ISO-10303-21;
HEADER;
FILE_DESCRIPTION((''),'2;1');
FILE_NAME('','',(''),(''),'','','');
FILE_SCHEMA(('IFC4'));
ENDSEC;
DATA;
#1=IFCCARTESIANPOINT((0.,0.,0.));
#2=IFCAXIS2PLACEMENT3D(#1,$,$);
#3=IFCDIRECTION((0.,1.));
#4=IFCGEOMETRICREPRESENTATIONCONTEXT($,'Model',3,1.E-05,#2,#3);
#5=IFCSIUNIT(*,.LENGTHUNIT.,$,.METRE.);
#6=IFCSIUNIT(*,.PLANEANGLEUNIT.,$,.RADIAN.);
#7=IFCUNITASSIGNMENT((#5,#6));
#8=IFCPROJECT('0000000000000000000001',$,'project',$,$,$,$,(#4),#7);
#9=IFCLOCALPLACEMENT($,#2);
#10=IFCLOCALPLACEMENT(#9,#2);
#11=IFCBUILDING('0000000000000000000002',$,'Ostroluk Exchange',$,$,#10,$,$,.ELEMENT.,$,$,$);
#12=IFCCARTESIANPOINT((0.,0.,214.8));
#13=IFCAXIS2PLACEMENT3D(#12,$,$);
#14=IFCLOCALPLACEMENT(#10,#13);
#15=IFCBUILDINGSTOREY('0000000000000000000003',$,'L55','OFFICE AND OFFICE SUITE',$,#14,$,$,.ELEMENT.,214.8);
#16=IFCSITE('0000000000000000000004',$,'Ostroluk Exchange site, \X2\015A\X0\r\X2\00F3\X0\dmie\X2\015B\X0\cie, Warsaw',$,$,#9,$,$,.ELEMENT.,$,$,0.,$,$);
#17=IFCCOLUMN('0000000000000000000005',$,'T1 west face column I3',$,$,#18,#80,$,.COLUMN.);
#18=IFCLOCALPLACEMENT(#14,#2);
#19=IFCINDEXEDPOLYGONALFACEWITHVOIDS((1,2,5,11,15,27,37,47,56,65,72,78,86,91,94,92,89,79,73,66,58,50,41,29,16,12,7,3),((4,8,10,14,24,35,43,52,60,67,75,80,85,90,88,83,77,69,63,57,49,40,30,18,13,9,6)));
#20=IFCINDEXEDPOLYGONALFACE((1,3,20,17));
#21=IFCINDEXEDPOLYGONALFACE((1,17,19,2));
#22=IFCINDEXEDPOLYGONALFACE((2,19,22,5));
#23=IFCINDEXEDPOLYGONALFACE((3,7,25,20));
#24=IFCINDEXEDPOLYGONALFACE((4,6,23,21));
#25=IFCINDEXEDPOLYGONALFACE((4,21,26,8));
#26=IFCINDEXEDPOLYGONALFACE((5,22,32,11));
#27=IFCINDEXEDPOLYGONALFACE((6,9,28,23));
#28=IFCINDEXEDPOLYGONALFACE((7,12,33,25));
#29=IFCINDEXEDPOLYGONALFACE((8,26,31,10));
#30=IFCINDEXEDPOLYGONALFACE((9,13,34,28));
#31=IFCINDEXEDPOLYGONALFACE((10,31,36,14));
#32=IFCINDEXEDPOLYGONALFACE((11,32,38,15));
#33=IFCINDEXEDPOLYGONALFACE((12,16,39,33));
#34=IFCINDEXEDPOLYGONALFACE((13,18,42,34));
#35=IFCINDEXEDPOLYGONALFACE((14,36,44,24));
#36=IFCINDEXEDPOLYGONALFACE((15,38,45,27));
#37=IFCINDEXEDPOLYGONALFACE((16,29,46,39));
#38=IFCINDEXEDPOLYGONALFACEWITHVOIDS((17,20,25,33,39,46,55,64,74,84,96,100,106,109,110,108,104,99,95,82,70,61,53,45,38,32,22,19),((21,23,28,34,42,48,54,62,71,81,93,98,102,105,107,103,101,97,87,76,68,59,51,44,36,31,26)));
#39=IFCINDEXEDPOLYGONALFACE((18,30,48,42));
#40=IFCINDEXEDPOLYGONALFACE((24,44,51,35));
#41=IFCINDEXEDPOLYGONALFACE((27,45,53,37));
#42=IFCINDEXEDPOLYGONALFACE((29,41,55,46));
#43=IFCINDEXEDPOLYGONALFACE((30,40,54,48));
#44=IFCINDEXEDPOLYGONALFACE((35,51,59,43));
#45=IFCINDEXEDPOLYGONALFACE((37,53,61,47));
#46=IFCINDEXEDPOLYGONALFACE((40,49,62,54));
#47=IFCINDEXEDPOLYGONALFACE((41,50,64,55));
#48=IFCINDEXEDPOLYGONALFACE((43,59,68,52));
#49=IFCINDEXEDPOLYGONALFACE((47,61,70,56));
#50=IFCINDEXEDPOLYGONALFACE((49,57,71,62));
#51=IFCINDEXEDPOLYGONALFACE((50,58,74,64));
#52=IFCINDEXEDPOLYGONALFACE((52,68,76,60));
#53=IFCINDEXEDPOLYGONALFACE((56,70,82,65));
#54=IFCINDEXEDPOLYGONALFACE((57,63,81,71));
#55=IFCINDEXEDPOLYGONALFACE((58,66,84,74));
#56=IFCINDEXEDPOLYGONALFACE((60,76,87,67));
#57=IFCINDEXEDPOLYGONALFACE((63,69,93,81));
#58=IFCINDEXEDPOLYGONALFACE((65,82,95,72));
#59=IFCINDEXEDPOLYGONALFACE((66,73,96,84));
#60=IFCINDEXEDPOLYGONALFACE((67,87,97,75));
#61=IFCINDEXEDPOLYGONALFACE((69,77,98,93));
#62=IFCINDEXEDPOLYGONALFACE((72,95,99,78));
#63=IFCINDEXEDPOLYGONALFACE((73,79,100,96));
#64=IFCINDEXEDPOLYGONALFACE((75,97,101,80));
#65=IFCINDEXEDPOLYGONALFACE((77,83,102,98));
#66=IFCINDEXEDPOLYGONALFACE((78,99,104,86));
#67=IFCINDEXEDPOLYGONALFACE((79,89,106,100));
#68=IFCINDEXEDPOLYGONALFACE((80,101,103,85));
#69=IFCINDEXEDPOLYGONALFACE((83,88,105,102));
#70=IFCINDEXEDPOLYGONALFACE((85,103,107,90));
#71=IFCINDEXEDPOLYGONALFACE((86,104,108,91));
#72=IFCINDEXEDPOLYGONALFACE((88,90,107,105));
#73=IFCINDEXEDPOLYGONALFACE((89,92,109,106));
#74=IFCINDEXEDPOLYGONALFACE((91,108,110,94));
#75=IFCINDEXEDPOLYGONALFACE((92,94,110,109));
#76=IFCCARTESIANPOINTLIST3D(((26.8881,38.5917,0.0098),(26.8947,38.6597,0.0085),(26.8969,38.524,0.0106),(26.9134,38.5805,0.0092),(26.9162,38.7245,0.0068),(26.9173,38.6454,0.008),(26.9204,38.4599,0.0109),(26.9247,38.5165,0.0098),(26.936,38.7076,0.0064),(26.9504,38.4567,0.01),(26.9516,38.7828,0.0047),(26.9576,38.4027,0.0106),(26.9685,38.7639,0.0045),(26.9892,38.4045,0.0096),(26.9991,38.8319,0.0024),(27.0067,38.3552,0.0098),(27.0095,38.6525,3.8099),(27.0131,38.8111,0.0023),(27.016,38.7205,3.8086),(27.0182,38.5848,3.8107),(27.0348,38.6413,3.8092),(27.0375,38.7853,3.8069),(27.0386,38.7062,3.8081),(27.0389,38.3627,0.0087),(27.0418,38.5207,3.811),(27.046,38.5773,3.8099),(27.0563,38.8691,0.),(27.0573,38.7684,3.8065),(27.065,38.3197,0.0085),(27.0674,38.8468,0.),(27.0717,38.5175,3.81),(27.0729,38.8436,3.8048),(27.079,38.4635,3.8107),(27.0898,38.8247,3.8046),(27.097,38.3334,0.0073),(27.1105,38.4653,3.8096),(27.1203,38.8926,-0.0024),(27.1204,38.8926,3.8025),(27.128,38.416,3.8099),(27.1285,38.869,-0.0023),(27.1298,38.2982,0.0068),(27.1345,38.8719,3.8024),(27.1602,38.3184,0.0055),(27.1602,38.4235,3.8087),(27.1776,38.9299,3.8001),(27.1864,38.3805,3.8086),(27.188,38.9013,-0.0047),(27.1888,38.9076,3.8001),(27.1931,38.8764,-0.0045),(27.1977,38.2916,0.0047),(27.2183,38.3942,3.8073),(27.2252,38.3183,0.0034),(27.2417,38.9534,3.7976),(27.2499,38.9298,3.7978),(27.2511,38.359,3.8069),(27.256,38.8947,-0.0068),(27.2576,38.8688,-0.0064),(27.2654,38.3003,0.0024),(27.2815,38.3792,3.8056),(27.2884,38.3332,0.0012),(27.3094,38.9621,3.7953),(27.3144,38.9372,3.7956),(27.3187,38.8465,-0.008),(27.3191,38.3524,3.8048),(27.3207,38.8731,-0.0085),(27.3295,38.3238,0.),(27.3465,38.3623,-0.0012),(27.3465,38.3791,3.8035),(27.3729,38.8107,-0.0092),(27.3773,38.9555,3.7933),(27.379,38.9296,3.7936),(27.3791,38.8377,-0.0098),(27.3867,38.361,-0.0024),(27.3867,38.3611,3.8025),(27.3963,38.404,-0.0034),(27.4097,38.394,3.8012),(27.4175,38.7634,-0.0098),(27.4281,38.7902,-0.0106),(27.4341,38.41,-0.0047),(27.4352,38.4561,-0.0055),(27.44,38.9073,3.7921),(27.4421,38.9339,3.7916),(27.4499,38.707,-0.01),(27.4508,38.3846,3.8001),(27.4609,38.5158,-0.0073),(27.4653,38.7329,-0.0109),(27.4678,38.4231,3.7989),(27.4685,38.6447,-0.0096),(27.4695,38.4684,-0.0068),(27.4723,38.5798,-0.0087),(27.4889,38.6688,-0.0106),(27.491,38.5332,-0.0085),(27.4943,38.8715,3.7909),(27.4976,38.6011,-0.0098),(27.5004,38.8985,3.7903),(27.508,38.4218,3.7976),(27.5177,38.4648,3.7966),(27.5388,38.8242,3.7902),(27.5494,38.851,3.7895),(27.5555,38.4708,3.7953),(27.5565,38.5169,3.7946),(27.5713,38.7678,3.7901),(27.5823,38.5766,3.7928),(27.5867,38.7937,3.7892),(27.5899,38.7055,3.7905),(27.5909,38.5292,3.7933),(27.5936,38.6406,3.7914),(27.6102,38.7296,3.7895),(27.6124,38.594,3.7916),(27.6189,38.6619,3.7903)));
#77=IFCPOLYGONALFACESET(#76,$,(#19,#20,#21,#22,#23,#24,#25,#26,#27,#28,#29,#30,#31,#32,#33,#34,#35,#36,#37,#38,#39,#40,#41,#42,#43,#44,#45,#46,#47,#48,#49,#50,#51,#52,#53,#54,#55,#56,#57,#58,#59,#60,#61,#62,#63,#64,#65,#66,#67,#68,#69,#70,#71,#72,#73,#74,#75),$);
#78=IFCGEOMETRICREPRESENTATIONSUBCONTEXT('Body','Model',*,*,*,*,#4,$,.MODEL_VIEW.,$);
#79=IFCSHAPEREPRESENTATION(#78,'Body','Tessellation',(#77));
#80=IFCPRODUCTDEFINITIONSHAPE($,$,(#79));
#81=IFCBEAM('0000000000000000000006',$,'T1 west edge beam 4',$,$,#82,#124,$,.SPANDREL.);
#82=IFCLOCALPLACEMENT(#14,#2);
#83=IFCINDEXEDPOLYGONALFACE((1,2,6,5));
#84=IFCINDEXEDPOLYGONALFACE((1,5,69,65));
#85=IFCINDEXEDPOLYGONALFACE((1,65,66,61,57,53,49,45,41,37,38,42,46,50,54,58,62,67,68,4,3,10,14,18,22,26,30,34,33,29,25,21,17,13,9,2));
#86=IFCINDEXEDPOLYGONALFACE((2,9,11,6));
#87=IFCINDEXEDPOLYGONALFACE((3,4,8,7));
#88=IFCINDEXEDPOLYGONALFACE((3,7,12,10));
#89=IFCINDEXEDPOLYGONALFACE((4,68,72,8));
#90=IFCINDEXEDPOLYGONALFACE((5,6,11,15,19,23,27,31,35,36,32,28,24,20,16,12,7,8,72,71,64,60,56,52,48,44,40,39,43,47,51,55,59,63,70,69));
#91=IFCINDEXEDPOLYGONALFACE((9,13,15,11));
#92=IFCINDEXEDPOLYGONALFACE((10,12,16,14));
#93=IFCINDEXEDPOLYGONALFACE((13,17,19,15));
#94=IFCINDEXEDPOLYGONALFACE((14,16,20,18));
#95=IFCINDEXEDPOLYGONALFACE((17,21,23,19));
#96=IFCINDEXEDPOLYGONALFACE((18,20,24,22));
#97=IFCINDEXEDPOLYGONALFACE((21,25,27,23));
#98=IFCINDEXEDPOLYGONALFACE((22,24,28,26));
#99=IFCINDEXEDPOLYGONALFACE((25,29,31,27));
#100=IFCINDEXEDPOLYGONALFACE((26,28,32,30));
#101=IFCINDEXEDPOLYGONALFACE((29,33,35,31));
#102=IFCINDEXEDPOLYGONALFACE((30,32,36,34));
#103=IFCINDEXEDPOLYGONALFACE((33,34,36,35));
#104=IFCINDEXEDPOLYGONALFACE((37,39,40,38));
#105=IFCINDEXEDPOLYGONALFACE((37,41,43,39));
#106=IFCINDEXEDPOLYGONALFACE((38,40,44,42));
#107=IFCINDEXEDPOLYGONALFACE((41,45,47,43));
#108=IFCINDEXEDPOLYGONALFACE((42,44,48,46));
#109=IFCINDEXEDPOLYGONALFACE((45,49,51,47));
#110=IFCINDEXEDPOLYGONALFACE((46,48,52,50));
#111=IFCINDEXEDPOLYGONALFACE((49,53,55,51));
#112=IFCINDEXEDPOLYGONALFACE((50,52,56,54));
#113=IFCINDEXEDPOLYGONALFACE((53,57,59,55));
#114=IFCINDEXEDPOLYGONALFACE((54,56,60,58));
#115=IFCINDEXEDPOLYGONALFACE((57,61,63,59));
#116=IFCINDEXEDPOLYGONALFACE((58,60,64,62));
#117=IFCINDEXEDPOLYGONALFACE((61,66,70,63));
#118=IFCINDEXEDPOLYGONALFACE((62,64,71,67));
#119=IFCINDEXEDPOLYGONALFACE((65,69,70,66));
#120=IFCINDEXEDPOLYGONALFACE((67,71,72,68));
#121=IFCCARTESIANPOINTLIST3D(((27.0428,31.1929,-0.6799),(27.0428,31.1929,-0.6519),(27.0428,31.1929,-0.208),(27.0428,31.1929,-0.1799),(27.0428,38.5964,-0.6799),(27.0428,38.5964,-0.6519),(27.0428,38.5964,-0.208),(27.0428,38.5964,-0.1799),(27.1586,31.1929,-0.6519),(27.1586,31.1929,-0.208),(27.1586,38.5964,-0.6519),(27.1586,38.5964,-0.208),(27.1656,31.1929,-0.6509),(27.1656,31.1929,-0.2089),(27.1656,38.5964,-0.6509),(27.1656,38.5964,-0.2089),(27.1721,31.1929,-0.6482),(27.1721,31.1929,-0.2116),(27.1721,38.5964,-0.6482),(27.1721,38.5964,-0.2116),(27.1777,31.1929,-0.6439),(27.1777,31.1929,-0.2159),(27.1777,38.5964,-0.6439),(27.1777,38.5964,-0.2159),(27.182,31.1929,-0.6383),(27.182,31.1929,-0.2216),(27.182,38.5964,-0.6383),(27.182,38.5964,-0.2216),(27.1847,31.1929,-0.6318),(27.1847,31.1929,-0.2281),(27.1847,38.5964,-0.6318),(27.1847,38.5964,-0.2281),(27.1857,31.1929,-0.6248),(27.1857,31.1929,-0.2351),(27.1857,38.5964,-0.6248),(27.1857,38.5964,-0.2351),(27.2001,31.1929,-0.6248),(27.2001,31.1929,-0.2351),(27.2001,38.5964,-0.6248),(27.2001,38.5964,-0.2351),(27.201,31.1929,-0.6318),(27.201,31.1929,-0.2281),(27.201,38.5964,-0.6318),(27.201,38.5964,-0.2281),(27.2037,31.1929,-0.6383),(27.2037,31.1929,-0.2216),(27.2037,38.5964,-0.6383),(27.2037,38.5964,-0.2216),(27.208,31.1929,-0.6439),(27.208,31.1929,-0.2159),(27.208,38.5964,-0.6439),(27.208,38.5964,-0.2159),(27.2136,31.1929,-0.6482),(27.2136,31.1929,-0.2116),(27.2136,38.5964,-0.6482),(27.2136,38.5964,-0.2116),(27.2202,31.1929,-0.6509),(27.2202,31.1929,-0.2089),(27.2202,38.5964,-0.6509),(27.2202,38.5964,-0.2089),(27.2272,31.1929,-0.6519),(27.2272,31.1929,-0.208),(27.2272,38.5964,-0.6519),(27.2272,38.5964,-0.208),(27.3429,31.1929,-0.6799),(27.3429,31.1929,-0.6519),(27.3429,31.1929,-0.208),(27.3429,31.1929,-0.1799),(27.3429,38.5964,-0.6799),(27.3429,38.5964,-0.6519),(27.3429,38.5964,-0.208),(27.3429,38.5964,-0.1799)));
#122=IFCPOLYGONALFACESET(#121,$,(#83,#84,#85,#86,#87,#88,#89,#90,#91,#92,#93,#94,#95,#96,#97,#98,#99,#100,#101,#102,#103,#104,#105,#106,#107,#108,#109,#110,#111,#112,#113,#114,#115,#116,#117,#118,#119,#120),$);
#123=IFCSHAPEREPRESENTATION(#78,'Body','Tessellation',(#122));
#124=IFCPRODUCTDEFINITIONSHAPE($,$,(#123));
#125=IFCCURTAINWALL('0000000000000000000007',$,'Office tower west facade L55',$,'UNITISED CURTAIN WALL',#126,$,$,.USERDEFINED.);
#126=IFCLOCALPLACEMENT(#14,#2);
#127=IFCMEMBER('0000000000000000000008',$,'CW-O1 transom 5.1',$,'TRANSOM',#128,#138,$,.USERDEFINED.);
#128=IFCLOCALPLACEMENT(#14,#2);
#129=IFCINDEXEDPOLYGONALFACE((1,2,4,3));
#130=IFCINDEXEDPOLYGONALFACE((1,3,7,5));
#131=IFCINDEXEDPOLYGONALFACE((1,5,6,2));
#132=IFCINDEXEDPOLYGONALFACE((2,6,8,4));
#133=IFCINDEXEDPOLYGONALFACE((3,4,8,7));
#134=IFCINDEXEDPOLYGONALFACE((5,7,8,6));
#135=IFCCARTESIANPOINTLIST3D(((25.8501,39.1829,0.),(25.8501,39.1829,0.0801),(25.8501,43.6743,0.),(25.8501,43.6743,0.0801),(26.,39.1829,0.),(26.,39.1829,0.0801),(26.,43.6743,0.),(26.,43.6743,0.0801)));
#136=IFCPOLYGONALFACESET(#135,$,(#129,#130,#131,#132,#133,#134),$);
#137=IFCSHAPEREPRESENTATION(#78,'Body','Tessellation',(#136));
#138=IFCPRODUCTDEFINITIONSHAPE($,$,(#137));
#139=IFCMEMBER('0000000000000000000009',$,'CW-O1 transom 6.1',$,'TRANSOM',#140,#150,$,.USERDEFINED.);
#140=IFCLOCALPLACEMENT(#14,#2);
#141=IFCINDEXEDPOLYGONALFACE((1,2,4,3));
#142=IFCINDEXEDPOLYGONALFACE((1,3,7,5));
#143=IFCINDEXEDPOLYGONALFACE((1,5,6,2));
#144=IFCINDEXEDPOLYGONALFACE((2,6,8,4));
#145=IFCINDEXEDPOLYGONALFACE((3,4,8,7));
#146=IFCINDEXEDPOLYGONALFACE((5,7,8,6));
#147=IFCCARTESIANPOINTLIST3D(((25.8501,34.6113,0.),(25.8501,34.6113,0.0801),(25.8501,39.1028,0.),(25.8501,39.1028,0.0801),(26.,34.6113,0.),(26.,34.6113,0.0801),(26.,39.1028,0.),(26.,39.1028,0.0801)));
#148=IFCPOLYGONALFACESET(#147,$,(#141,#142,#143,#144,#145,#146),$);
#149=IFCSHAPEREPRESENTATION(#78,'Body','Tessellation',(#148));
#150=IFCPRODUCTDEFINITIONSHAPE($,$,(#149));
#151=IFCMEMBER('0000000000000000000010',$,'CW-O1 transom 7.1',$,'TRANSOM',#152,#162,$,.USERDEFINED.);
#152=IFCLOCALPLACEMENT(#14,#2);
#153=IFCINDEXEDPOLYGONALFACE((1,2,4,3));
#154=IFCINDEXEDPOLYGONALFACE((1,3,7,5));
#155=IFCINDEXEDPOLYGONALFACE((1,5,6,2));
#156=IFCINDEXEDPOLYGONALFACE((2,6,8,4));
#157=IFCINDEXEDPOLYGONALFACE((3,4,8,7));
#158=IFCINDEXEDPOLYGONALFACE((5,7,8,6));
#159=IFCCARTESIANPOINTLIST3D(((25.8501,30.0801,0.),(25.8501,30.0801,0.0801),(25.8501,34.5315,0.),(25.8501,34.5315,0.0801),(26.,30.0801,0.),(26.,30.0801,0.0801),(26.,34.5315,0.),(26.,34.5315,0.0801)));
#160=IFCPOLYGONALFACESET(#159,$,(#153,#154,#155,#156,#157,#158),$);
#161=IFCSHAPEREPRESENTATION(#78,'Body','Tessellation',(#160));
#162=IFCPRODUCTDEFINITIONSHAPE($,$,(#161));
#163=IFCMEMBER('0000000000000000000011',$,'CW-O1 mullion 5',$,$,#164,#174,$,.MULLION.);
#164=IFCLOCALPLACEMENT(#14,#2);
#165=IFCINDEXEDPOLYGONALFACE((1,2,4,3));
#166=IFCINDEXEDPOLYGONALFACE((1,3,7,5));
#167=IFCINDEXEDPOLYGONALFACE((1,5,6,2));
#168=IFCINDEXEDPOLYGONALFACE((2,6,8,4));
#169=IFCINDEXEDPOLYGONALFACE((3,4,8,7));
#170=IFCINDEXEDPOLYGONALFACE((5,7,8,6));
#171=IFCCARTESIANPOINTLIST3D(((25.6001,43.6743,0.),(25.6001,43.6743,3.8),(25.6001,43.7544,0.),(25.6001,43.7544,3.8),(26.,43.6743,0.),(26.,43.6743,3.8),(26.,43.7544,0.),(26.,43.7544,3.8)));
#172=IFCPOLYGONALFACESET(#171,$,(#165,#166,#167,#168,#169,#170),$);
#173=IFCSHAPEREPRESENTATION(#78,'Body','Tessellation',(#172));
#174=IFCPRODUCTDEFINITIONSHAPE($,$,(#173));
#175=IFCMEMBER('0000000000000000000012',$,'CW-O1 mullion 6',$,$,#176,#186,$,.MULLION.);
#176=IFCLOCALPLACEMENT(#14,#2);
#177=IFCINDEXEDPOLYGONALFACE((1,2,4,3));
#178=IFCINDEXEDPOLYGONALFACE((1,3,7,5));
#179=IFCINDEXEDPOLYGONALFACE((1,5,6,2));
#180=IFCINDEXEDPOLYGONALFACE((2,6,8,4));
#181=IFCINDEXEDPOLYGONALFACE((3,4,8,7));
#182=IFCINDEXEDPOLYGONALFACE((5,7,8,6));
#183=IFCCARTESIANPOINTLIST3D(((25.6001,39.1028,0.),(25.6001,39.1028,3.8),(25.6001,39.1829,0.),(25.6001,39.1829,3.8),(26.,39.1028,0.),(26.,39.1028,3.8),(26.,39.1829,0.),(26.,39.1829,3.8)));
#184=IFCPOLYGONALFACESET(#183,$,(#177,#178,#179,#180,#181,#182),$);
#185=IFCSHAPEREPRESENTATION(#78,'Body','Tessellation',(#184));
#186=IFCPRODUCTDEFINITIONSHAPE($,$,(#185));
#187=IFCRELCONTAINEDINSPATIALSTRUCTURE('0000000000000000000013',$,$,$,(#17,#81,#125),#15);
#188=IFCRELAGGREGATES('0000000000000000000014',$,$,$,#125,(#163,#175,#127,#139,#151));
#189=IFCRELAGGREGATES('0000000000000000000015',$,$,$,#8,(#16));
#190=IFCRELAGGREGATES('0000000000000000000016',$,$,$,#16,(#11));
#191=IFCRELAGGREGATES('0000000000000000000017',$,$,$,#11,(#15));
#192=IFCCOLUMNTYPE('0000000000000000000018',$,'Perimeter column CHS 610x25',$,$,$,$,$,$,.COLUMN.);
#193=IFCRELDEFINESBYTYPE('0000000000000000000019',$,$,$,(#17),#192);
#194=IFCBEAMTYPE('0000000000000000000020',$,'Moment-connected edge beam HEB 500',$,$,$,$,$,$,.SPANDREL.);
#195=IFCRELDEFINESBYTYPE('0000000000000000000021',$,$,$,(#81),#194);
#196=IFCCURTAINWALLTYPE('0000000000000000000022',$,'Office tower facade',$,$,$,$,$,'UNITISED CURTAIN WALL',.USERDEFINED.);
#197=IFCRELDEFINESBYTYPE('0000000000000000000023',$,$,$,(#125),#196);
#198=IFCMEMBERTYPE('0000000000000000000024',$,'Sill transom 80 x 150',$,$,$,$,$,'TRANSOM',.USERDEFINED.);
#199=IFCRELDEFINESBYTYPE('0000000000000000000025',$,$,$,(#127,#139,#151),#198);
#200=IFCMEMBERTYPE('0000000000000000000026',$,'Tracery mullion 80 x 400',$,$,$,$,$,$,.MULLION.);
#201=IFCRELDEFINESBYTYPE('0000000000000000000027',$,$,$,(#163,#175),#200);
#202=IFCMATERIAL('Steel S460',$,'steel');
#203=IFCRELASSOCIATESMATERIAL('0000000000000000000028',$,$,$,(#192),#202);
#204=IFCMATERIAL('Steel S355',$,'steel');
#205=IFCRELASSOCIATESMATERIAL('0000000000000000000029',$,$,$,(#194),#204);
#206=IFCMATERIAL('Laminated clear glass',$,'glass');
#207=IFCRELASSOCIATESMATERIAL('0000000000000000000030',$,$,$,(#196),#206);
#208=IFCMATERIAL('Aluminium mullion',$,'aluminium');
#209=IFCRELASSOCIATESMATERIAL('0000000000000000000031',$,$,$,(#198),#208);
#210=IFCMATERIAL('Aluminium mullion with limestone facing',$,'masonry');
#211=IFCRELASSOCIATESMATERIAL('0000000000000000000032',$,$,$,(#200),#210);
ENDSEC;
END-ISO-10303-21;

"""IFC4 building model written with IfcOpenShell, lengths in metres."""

from ifc_helpers import new_model, si_unit, direction, frame, origin, origin_2d, place, context, subcontext, project, spatial, rectangle, hollow_circle, i_section, extrude, material, material_profile, profile_set, type_object, element, aggregate, save


model = new_model("IFC4")

# Units and contexts
model_context = context("Model", 3, precision=1e-05, world=origin(), true_north=direction((0.0, 1.0)))
body_context = subcontext(model_context, "Body", "Model", "MODEL_VIEW")
ifc_project = project(units=[si_unit("LENGTHUNIT", "METRE"), si_unit("PLANEANGLEUNIT", "RADIAN")], contexts=[model_context])

# Site, building, storey
site_placement = place(None, origin())
site = spatial("IfcSite", under=ifc_project, at=site_placement, Name="Ostroluk Exchange site, Śródmieście, Warsaw", CompositionType="ELEMENT", RefElevation=0.0)
building_placement = place(site_placement, origin())
building = spatial("IfcBuilding", under=site, at=building_placement, Name="Ostroluk Exchange", CompositionType="ELEMENT")
storey_placement = place(building_placement, frame((0.0, 0.0, 214.8)))
storey = spatial("IfcBuildingStorey", under=building, at=storey_placement, Name="L55", Description="OFFICE AND OFFICE SUITE", CompositionType="ELEMENT", Elevation=214.8)

# Column
ifc_material_1 = material(Name="Steel S460", Category="steel")
ifc_material_profile_1 = material_profile(ifc_material_1, hollow_circle(Radius=0.3049, WallThickness=0.0249, at=origin_2d()), Name="CHS 610x25")
ifc_profile_set_1 = profile_set([ifc_material_profile_1], Name="Steel S460")
column_type = type_object("IfcColumnType", Name="Perimeter column CHS 610x25", PredefinedType="COLUMN", material=ifc_profile_set_1)
column_placement = place(storey_placement, frame((27.1929, 38.5964, 0.0), z_axis=(0.03191, 0.015987, 0.999363), x_axis=(-0.447933, 0.894067, 0.0)))
element("IfcColumn", 1, at=column_placement, inside=storey, type_object=column_type, Name="T1 west face column I3", PredefinedType="COLUMN", context=body_context, shape_type="SweptSolid", body=[
    extrude(hollow_circle(Radius=0.3049, WallThickness=0.0249, at=origin_2d()), origin(), (0.0, 0.0, 1.0), 3.8025),
])

# Beam
ifc_material_2 = material(Name="Steel S355", Category="steel")
ifc_material_profile_2 = material_profile(ifc_material_2, i_section(OverallWidth=0.3, OverallDepth=0.5, WebThickness=0.0144, FlangeThickness=0.0281, FilletRadius=0.0271, at=origin_2d()), Name="HEB 500")
ifc_profile_set_2 = profile_set([ifc_material_profile_2], Name="Steel S355")
beam_type = type_object("IfcBeamType", Name="Moment-connected edge beam HEB 500", PredefinedType="SPANDREL", material=ifc_profile_set_2)
beam_placement = place(storey_placement, frame((27.1929, 38.5964, -0.4299), z_axis=(0.0, -1.0, 0.0), x_axis=(1.0, 0.0, 0.0)))
element("IfcBeam", 2, at=beam_placement, inside=storey, type_object=beam_type, Name="T1 west edge beam 4", PredefinedType="SPANDREL", context=body_context, shape_type="SweptSolid", body=[
    extrude(i_section(OverallWidth=0.3, OverallDepth=0.5, WebThickness=0.0144, FlangeThickness=0.0281, FilletRadius=0.0271, at=origin_2d()), origin(), (0.0, 0.0, 1.0), 7.4036),
])

# Curtain wall, members
ifc_material_3 = material(Name="Laminated clear glass", Category="glass")
curtain_wall_type = type_object("IfcCurtainWallType", Name="Office tower facade", ElementType="UNITISED CURTAIN WALL", PredefinedType="USERDEFINED", material=ifc_material_3)
curtain_wall_placement = place(storey_placement, origin())
curtain_wall = element("IfcCurtainWall", 3, at=curtain_wall_placement, inside=storey, type_object=curtain_wall_type, Name="Office tower west facade L55", ObjectType="UNITISED CURTAIN WALL", PredefinedType="USERDEFINED")
ifc_material_4 = material(Name="Aluminium mullion", Category="aluminium")
ifc_material_profile_3 = material_profile(ifc_material_4, rectangle(XDim=0.1499, YDim=0.0801, at=origin_2d()), Name="Sill transom 80 x 150")
ifc_profile_set_3 = profile_set([ifc_material_profile_3], Name="Aluminium mullion")
member_type_1 = type_object("IfcMemberType", Name="Sill transom 80 x 150", ElementType="TRANSOM", PredefinedType="USERDEFINED", material=ifc_profile_set_3)
member_1_placement = place(storey_placement, frame((25.925, 43.6743, 0.04), z_axis=(0.0, -1.0, 0.0), x_axis=(1.0, 0.0, 0.0)))
member_1 = element("IfcMember", 4, at=member_1_placement, type_object=member_type_1, Name="CW-O1 transom 5.1", ObjectType="TRANSOM", PredefinedType="USERDEFINED", context=body_context, shape_type="SweptSolid", body=[
    extrude(rectangle(XDim=0.1499, YDim=0.0801, at=origin_2d()), origin(), (0.0, 0.0, 1.0), 4.4915),
])
member_2_placement = place(storey_placement, frame((25.925, 39.1028, 0.04), z_axis=(0.0, -1.0, 0.0), x_axis=(1.0, 0.0, 0.0)))
member_2 = element("IfcMember", 5, at=member_2_placement, type_object=member_type_1, Name="CW-O1 transom 6.1", ObjectType="TRANSOM", PredefinedType="USERDEFINED", context=body_context, shape_type="SweptSolid", body=[
    extrude(rectangle(XDim=0.1499, YDim=0.0801, at=origin_2d()), origin(), (0.0, 0.0, 1.0), 4.4915),
])
member_3_placement = place(storey_placement, frame((25.925, 34.5315, 0.04), z_axis=(0.0, -1.0, 0.0), x_axis=(1.0, 0.0, 0.0)))
member_3 = element("IfcMember", 6, at=member_3_placement, type_object=member_type_1, Name="CW-O1 transom 7.1", ObjectType="TRANSOM", PredefinedType="USERDEFINED", context=body_context, shape_type="SweptSolid", body=[
    extrude(rectangle(XDim=0.1499, YDim=0.0801, at=origin_2d()), origin(), (0.0, 0.0, 1.0), 4.4514),
])
ifc_material_5 = material(Name="Aluminium mullion with limestone facing", Category="masonry")
ifc_material_profile_4 = material_profile(ifc_material_5, rectangle(XDim=0.3999, YDim=0.0801, at=origin_2d()), Name="Tracery mullion 80 x 400")
ifc_profile_set_4 = profile_set([ifc_material_profile_4], Name="Aluminium mullion with limestone facing")
member_type_2 = type_object("IfcMemberType", Name="Tracery mullion 80 x 400", PredefinedType="MULLION", material=ifc_profile_set_4)
member_4_placement = place(storey_placement, frame((25.8, 43.7144, 0.0), z_axis=(0.0, 0.0, 1.0), x_axis=(1.0, 0.0, 0.0)))
member_4 = element("IfcMember", 7, at=member_4_placement, type_object=member_type_2, Name="CW-O1 mullion 5", PredefinedType="MULLION", context=body_context, shape_type="SweptSolid", body=[
    extrude(rectangle(XDim=0.3999, YDim=0.0801, at=origin_2d()), origin(), (0.0, 0.0, 1.0), 3.8),
])
member_5_placement = place(storey_placement, frame((25.8, 39.1428, 0.0), z_axis=(0.0, 0.0, 1.0), x_axis=(1.0, 0.0, 0.0)))
member_5 = element("IfcMember", 8, at=member_5_placement, type_object=member_type_2, Name="CW-O1 mullion 6", PredefinedType="MULLION", context=body_context, shape_type="SweptSolid", body=[
    extrude(rectangle(XDim=0.3999, YDim=0.0801, at=origin_2d()), origin(), (0.0, 0.0, 1.0), 3.8),
])
aggregate(curtain_wall, [member_4, member_5, member_1, member_2, member_3])

save(model, "model.ifc")
